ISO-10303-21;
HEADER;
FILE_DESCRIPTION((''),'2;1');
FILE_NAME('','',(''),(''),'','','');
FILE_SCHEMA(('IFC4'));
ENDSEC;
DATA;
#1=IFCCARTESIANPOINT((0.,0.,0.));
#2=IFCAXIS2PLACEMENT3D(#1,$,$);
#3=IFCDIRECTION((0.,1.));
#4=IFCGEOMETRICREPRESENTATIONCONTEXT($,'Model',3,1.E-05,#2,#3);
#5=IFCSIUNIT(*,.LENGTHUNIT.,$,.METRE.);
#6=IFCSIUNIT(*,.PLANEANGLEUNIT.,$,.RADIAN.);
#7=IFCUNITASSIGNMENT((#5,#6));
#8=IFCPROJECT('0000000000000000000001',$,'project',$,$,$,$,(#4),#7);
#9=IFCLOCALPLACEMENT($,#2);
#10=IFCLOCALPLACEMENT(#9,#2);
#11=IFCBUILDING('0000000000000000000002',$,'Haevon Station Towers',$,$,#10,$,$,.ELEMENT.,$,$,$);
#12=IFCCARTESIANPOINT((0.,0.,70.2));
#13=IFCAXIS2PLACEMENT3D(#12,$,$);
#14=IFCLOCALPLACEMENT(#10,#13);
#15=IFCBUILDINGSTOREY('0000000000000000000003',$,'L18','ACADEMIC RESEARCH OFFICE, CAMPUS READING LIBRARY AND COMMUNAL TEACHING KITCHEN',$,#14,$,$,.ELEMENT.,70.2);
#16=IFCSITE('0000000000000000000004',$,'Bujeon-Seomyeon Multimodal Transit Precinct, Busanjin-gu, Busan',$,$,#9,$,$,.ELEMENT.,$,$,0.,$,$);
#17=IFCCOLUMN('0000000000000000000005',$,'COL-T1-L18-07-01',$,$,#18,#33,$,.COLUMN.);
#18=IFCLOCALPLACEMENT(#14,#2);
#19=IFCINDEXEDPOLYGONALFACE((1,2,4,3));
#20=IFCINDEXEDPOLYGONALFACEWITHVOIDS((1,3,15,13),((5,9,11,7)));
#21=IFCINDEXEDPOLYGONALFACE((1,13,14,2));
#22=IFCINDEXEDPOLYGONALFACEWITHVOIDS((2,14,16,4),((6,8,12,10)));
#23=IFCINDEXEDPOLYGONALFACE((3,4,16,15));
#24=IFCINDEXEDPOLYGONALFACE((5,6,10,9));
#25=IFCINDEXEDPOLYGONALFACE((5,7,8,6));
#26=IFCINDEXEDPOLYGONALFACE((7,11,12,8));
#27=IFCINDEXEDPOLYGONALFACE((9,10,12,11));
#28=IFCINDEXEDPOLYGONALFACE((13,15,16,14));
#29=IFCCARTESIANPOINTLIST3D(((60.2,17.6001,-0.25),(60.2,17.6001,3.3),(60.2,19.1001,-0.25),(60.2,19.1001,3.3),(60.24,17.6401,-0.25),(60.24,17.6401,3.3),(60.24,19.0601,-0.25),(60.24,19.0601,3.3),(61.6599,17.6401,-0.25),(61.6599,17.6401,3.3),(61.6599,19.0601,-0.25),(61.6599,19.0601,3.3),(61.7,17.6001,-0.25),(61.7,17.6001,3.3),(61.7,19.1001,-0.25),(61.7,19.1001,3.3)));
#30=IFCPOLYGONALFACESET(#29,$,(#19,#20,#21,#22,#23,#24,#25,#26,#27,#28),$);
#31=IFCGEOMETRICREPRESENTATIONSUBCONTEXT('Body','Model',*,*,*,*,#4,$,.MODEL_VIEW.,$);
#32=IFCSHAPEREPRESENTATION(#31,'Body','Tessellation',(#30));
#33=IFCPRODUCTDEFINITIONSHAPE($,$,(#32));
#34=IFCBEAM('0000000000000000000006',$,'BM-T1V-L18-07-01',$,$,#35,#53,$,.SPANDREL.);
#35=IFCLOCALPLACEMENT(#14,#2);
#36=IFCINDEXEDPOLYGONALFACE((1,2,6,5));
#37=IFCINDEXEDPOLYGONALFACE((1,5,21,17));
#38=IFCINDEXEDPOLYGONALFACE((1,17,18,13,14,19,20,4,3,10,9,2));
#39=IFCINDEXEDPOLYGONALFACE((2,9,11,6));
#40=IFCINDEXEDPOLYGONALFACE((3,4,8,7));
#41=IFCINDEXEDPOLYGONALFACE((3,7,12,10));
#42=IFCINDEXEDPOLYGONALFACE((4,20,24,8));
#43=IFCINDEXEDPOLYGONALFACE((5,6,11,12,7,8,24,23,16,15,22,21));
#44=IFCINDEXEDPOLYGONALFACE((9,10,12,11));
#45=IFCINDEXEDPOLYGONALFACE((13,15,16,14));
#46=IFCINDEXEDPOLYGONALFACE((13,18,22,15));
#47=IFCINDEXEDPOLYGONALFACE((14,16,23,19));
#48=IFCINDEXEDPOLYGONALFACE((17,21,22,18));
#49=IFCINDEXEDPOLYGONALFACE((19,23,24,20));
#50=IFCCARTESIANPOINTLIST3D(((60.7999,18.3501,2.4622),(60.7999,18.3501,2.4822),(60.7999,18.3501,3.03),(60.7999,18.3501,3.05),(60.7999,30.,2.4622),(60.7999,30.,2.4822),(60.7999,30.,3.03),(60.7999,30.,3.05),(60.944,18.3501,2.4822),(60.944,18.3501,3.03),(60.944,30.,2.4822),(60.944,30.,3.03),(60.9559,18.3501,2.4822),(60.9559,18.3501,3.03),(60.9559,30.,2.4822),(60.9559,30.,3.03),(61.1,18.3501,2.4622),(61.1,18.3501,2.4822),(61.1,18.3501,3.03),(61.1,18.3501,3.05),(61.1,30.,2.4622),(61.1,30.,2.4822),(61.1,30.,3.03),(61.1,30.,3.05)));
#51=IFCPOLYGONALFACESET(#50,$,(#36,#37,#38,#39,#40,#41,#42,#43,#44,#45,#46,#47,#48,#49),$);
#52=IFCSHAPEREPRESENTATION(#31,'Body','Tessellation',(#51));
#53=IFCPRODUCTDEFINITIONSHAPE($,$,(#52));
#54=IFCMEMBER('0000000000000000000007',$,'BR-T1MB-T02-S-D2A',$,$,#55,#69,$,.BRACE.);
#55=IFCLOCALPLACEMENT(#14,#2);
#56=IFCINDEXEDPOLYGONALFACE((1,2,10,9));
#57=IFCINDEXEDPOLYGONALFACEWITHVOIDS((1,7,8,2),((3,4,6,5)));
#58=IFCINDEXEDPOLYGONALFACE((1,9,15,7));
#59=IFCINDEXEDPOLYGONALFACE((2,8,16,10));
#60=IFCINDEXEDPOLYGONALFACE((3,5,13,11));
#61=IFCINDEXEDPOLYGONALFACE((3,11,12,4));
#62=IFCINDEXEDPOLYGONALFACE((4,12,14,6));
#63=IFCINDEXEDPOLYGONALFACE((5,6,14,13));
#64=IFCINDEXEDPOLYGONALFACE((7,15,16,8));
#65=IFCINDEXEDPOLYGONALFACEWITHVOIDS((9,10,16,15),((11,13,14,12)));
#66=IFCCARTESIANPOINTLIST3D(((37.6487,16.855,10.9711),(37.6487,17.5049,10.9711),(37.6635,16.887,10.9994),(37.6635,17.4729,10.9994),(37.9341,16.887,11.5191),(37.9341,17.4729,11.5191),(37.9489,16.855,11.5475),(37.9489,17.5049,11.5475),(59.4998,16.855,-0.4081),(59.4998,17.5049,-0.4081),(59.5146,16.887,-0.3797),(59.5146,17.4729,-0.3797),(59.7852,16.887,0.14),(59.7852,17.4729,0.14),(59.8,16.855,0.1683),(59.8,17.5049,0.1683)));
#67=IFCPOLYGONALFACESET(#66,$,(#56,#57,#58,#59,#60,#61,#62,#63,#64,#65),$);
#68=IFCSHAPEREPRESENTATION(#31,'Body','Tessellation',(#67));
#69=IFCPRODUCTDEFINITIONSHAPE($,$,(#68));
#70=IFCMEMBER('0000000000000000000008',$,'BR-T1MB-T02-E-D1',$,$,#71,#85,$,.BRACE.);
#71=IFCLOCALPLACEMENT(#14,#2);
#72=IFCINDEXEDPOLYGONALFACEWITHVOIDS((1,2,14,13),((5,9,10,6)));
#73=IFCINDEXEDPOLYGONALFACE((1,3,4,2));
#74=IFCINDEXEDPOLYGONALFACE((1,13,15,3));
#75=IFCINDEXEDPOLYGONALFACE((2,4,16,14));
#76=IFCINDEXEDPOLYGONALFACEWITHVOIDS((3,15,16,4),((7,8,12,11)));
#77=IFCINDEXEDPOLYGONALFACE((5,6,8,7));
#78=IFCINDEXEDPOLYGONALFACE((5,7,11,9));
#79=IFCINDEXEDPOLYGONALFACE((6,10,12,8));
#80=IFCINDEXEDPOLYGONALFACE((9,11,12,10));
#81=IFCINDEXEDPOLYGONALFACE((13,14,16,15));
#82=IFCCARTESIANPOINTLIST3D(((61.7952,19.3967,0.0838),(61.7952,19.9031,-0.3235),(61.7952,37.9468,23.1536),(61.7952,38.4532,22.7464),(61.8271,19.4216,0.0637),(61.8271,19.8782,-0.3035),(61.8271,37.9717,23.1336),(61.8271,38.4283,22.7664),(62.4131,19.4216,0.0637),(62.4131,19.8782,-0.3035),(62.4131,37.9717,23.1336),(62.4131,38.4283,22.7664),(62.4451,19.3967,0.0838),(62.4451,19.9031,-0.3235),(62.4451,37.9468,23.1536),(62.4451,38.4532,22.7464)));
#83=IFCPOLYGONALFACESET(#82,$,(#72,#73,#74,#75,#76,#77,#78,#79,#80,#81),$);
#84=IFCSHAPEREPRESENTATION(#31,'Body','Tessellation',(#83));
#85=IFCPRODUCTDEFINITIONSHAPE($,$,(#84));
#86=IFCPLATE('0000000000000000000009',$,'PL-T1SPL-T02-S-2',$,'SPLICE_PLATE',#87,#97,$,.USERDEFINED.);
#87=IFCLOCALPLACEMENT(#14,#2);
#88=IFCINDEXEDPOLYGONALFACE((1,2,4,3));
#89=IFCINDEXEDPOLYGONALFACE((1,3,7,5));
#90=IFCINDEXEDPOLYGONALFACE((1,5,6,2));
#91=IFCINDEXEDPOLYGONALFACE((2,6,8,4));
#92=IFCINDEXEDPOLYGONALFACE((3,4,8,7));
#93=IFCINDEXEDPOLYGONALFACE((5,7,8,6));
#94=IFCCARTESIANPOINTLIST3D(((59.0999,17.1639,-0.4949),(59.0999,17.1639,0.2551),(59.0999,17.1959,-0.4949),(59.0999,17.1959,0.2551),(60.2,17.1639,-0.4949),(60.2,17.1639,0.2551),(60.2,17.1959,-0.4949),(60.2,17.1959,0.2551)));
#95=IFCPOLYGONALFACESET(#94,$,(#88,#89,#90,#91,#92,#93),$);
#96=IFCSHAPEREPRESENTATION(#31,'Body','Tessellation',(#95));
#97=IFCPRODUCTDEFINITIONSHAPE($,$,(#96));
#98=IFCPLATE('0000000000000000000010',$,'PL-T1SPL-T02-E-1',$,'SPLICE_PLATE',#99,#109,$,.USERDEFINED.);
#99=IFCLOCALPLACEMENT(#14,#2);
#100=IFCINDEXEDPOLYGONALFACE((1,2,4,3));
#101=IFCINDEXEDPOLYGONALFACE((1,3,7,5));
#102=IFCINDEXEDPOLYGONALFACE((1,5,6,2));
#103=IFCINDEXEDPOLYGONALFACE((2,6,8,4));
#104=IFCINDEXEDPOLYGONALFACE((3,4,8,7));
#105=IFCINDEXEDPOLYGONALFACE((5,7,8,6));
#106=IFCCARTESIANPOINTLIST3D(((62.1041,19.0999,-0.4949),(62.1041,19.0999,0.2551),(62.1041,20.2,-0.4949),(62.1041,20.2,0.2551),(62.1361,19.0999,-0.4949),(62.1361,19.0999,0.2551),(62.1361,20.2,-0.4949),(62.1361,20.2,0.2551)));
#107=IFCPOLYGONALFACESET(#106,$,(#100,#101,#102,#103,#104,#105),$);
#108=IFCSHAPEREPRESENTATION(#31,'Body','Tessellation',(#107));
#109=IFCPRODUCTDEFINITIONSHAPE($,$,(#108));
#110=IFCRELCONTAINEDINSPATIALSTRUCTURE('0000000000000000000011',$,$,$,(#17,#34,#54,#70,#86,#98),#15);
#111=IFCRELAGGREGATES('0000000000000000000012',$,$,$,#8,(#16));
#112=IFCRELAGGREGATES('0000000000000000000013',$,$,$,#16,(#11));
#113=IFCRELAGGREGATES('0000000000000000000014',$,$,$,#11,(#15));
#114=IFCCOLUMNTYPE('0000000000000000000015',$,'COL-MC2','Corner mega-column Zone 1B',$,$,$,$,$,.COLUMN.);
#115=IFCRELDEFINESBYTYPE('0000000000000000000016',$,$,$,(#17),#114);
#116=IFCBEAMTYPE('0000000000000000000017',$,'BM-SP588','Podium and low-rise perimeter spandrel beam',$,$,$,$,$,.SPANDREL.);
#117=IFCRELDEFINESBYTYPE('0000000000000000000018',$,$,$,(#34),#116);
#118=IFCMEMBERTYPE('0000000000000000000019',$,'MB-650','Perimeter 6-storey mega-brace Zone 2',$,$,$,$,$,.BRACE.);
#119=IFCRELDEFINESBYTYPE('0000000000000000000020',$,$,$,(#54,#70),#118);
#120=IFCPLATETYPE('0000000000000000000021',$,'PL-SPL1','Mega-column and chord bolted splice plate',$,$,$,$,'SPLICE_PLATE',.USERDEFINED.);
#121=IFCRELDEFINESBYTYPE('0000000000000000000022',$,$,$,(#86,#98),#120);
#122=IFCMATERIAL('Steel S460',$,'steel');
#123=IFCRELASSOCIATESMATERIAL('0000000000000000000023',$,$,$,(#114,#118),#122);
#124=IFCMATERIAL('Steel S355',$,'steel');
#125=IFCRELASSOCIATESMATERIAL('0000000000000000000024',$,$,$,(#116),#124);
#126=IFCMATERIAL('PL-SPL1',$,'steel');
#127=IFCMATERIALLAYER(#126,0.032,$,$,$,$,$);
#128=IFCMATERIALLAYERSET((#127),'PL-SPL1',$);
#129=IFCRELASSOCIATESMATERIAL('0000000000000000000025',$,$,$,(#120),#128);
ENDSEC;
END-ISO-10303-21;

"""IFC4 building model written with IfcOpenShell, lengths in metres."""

from ifc_helpers import new_model, si_unit, direction, frame, origin, origin_2d, place, context, subcontext, project, spatial, rectangle, hollow_rectangle, i_section, extrude, material, layer, layer_set, material_profile, profile_set, type_object, element, save


model = new_model("IFC4")

# Units and contexts
model_context = context("Model", 3, precision=1e-05, world=origin(), true_north=direction((0.0, 1.0)))
body_context = subcontext(model_context, "Body", "Model", "MODEL_VIEW")
ifc_project = project(units=[si_unit("LENGTHUNIT", "METRE"), si_unit("PLANEANGLEUNIT", "RADIAN")], contexts=[model_context])

# Site, building, storey
site_placement = place(None, origin())
site = spatial("IfcSite", under=ifc_project, at=site_placement, Name="Bujeon-Seomyeon Multimodal Transit Precinct, Busanjin-gu, Busan", CompositionType="ELEMENT", RefElevation=0.0)
building_placement = place(site_placement, origin())
building = spatial("IfcBuilding", under=site, at=building_placement, Name="Haevon Station Towers", CompositionType="ELEMENT")
storey_placement = place(building_placement, frame((0.0, 0.0, 70.2)))
storey = spatial("IfcBuildingStorey", under=building, at=storey_placement, Name="L18", Description="ACADEMIC RESEARCH OFFICE, CAMPUS READING LIBRARY AND COMMUNAL TEACHING KITCHEN", CompositionType="ELEMENT", Elevation=70.2)

# Column
ifc_material_1 = material(Name="Steel S460", Category="steel")
ifc_material_profile_1 = material_profile(ifc_material_1, hollow_rectangle(XDim=1.5, YDim=1.5, WallThickness=0.04, at=origin_2d()), Name="BOX-1500x1500x40")
ifc_profile_set_1 = profile_set([ifc_material_profile_1], Name="Steel S460")
column_type = type_object("IfcColumnType", Name="COL-MC2", Description="Corner mega-column Zone 1B", PredefinedType="COLUMN", material=ifc_profile_set_1)
column_placement = place(storey_placement, frame((60.95, 18.3501, -0.25), z_axis=(0.0, 0.0, 1.0), x_axis=(1.0, 0.0, 0.0)))
element("IfcColumn", 1, at=column_placement, inside=storey, type_object=column_type, Name="COL-T1-L18-07-01", PredefinedType="COLUMN", context=body_context, shape_type="SweptSolid", body=[
    extrude(hollow_rectangle(XDim=1.5, YDim=1.5, WallThickness=0.04, at=origin_2d()), origin(), (0.0, 0.0, 1.0), 3.55),
])

# Beam
ifc_material_2 = material(Name="Steel S355", Category="steel")
ifc_material_profile_2 = material_profile(ifc_material_2, i_section(OverallWidth=0.3, OverallDepth=0.5879, WebThickness=0.012, FlangeThickness=0.02, at=origin_2d()), Name="H-588x300x12x20")
ifc_profile_set_2 = profile_set([ifc_material_profile_2], Name="Steel S355")
beam_type = type_object("IfcBeamType", Name="BM-SP588", Description="Podium and low-rise perimeter spandrel beam", PredefinedType="SPANDREL", material=ifc_profile_set_2)
beam_placement = place(storey_placement, frame((60.95, 18.3501, 2.7561), z_axis=(0.0, 1.0, 0.0), x_axis=(-1.0, 0.0, 0.0)))
element("IfcBeam", 2, at=beam_placement, inside=storey, type_object=beam_type, Name="BM-T1V-L18-07-01", PredefinedType="SPANDREL", context=body_context, shape_type="SweptSolid", body=[
    extrude(i_section(OverallWidth=0.3, OverallDepth=0.5879, WebThickness=0.012, FlangeThickness=0.02, at=origin_2d()), origin(), (0.0, 0.0, 1.0), 11.6499),
])

# Members
ifc_material_profile_3 = material_profile(ifc_material_1, hollow_rectangle(XDim=0.6499, YDim=0.6499, WallThickness=0.032, at=origin_2d()), Name="RHS-650x650x32")
ifc_profile_set_3 = profile_set([ifc_material_profile_3], Name="Steel S460")
member_type = type_object("IfcMemberType", Name="MB-650", Description="Perimeter 6-storey mega-brace Zone 2", PredefinedType="BRACE", material=ifc_profile_set_3)
member_1_placement = place(storey_placement, frame((59.6499, 17.1799, -0.1199), z_axis=(-0.886941, 0.0, 0.461883), x_axis=(0.0, -1.0, 0.0)))
element("IfcMember", 3, at=member_1_placement, inside=storey, type_object=member_type, Name="BR-T1MB-T02-S-D2A", PredefinedType="BRACE", context=body_context, shape_type="SweptSolid", body=[
    extrude(hollow_rectangle(XDim=0.6499, YDim=0.6499, WallThickness=0.032, at=origin_2d()), origin(), (0.0, 0.0, 1.0), 24.6365),
])
member_2_placement = place(storey_placement, frame((62.1201, 19.6499, -0.1199), z_axis=(0.0, 0.626633, 0.779314), x_axis=(-1.0, 0.0, 0.0)))
element("IfcMember", 4, at=member_2_placement, inside=storey, type_object=member_type, Name="BR-T1MB-T02-E-D1", PredefinedType="BRACE", context=body_context, shape_type="SweptSolid", body=[
    extrude(hollow_rectangle(XDim=0.6499, YDim=0.6499, WallThickness=0.032, at=origin_2d()), origin(), (0.0, 0.0, 1.0), 29.6028),
])

# Plates
ifc_material_3 = material(Name="PL-SPL1", Category="steel")
ifc_layer_1 = layer(ifc_material_3, 0.032)
ifc_layer_set_1 = layer_set([ifc_layer_1], Name="PL-SPL1")
plate_type = type_object("IfcPlateType", Name="PL-SPL1", Description="Mega-column and chord bolted splice plate", ElementType="SPLICE_PLATE", PredefinedType="USERDEFINED", material=ifc_layer_set_1)
for number, where, z_axis, x_axis, name in (
    (5, (59.6499, 17.1799, -0.4949), (0.0, 0.0, 1.0), (1.0, 0.0, 0.0), "PL-T1SPL-T02-S-2"),
    (6, (62.1201, 19.6499, -0.4949), (0.0, 0.0, 1.0), (0.0, 1.0, 0.0), "PL-T1SPL-T02-E-1"),
):
    element("IfcPlate", number, at=place(storey_placement, frame(where, z_axis=z_axis, x_axis=x_axis)), inside=storey, type_object=plate_type, Name=name, ObjectType="SPLICE_PLATE", PredefinedType="USERDEFINED", context=body_context, shape_type="SweptSolid", body=[
        extrude(rectangle(XDim=1.1001, YDim=0.032, at=origin_2d()), origin(), (0.0, 0.0, 1.0), 0.75),
    ])

save(model, "model.ifc")
